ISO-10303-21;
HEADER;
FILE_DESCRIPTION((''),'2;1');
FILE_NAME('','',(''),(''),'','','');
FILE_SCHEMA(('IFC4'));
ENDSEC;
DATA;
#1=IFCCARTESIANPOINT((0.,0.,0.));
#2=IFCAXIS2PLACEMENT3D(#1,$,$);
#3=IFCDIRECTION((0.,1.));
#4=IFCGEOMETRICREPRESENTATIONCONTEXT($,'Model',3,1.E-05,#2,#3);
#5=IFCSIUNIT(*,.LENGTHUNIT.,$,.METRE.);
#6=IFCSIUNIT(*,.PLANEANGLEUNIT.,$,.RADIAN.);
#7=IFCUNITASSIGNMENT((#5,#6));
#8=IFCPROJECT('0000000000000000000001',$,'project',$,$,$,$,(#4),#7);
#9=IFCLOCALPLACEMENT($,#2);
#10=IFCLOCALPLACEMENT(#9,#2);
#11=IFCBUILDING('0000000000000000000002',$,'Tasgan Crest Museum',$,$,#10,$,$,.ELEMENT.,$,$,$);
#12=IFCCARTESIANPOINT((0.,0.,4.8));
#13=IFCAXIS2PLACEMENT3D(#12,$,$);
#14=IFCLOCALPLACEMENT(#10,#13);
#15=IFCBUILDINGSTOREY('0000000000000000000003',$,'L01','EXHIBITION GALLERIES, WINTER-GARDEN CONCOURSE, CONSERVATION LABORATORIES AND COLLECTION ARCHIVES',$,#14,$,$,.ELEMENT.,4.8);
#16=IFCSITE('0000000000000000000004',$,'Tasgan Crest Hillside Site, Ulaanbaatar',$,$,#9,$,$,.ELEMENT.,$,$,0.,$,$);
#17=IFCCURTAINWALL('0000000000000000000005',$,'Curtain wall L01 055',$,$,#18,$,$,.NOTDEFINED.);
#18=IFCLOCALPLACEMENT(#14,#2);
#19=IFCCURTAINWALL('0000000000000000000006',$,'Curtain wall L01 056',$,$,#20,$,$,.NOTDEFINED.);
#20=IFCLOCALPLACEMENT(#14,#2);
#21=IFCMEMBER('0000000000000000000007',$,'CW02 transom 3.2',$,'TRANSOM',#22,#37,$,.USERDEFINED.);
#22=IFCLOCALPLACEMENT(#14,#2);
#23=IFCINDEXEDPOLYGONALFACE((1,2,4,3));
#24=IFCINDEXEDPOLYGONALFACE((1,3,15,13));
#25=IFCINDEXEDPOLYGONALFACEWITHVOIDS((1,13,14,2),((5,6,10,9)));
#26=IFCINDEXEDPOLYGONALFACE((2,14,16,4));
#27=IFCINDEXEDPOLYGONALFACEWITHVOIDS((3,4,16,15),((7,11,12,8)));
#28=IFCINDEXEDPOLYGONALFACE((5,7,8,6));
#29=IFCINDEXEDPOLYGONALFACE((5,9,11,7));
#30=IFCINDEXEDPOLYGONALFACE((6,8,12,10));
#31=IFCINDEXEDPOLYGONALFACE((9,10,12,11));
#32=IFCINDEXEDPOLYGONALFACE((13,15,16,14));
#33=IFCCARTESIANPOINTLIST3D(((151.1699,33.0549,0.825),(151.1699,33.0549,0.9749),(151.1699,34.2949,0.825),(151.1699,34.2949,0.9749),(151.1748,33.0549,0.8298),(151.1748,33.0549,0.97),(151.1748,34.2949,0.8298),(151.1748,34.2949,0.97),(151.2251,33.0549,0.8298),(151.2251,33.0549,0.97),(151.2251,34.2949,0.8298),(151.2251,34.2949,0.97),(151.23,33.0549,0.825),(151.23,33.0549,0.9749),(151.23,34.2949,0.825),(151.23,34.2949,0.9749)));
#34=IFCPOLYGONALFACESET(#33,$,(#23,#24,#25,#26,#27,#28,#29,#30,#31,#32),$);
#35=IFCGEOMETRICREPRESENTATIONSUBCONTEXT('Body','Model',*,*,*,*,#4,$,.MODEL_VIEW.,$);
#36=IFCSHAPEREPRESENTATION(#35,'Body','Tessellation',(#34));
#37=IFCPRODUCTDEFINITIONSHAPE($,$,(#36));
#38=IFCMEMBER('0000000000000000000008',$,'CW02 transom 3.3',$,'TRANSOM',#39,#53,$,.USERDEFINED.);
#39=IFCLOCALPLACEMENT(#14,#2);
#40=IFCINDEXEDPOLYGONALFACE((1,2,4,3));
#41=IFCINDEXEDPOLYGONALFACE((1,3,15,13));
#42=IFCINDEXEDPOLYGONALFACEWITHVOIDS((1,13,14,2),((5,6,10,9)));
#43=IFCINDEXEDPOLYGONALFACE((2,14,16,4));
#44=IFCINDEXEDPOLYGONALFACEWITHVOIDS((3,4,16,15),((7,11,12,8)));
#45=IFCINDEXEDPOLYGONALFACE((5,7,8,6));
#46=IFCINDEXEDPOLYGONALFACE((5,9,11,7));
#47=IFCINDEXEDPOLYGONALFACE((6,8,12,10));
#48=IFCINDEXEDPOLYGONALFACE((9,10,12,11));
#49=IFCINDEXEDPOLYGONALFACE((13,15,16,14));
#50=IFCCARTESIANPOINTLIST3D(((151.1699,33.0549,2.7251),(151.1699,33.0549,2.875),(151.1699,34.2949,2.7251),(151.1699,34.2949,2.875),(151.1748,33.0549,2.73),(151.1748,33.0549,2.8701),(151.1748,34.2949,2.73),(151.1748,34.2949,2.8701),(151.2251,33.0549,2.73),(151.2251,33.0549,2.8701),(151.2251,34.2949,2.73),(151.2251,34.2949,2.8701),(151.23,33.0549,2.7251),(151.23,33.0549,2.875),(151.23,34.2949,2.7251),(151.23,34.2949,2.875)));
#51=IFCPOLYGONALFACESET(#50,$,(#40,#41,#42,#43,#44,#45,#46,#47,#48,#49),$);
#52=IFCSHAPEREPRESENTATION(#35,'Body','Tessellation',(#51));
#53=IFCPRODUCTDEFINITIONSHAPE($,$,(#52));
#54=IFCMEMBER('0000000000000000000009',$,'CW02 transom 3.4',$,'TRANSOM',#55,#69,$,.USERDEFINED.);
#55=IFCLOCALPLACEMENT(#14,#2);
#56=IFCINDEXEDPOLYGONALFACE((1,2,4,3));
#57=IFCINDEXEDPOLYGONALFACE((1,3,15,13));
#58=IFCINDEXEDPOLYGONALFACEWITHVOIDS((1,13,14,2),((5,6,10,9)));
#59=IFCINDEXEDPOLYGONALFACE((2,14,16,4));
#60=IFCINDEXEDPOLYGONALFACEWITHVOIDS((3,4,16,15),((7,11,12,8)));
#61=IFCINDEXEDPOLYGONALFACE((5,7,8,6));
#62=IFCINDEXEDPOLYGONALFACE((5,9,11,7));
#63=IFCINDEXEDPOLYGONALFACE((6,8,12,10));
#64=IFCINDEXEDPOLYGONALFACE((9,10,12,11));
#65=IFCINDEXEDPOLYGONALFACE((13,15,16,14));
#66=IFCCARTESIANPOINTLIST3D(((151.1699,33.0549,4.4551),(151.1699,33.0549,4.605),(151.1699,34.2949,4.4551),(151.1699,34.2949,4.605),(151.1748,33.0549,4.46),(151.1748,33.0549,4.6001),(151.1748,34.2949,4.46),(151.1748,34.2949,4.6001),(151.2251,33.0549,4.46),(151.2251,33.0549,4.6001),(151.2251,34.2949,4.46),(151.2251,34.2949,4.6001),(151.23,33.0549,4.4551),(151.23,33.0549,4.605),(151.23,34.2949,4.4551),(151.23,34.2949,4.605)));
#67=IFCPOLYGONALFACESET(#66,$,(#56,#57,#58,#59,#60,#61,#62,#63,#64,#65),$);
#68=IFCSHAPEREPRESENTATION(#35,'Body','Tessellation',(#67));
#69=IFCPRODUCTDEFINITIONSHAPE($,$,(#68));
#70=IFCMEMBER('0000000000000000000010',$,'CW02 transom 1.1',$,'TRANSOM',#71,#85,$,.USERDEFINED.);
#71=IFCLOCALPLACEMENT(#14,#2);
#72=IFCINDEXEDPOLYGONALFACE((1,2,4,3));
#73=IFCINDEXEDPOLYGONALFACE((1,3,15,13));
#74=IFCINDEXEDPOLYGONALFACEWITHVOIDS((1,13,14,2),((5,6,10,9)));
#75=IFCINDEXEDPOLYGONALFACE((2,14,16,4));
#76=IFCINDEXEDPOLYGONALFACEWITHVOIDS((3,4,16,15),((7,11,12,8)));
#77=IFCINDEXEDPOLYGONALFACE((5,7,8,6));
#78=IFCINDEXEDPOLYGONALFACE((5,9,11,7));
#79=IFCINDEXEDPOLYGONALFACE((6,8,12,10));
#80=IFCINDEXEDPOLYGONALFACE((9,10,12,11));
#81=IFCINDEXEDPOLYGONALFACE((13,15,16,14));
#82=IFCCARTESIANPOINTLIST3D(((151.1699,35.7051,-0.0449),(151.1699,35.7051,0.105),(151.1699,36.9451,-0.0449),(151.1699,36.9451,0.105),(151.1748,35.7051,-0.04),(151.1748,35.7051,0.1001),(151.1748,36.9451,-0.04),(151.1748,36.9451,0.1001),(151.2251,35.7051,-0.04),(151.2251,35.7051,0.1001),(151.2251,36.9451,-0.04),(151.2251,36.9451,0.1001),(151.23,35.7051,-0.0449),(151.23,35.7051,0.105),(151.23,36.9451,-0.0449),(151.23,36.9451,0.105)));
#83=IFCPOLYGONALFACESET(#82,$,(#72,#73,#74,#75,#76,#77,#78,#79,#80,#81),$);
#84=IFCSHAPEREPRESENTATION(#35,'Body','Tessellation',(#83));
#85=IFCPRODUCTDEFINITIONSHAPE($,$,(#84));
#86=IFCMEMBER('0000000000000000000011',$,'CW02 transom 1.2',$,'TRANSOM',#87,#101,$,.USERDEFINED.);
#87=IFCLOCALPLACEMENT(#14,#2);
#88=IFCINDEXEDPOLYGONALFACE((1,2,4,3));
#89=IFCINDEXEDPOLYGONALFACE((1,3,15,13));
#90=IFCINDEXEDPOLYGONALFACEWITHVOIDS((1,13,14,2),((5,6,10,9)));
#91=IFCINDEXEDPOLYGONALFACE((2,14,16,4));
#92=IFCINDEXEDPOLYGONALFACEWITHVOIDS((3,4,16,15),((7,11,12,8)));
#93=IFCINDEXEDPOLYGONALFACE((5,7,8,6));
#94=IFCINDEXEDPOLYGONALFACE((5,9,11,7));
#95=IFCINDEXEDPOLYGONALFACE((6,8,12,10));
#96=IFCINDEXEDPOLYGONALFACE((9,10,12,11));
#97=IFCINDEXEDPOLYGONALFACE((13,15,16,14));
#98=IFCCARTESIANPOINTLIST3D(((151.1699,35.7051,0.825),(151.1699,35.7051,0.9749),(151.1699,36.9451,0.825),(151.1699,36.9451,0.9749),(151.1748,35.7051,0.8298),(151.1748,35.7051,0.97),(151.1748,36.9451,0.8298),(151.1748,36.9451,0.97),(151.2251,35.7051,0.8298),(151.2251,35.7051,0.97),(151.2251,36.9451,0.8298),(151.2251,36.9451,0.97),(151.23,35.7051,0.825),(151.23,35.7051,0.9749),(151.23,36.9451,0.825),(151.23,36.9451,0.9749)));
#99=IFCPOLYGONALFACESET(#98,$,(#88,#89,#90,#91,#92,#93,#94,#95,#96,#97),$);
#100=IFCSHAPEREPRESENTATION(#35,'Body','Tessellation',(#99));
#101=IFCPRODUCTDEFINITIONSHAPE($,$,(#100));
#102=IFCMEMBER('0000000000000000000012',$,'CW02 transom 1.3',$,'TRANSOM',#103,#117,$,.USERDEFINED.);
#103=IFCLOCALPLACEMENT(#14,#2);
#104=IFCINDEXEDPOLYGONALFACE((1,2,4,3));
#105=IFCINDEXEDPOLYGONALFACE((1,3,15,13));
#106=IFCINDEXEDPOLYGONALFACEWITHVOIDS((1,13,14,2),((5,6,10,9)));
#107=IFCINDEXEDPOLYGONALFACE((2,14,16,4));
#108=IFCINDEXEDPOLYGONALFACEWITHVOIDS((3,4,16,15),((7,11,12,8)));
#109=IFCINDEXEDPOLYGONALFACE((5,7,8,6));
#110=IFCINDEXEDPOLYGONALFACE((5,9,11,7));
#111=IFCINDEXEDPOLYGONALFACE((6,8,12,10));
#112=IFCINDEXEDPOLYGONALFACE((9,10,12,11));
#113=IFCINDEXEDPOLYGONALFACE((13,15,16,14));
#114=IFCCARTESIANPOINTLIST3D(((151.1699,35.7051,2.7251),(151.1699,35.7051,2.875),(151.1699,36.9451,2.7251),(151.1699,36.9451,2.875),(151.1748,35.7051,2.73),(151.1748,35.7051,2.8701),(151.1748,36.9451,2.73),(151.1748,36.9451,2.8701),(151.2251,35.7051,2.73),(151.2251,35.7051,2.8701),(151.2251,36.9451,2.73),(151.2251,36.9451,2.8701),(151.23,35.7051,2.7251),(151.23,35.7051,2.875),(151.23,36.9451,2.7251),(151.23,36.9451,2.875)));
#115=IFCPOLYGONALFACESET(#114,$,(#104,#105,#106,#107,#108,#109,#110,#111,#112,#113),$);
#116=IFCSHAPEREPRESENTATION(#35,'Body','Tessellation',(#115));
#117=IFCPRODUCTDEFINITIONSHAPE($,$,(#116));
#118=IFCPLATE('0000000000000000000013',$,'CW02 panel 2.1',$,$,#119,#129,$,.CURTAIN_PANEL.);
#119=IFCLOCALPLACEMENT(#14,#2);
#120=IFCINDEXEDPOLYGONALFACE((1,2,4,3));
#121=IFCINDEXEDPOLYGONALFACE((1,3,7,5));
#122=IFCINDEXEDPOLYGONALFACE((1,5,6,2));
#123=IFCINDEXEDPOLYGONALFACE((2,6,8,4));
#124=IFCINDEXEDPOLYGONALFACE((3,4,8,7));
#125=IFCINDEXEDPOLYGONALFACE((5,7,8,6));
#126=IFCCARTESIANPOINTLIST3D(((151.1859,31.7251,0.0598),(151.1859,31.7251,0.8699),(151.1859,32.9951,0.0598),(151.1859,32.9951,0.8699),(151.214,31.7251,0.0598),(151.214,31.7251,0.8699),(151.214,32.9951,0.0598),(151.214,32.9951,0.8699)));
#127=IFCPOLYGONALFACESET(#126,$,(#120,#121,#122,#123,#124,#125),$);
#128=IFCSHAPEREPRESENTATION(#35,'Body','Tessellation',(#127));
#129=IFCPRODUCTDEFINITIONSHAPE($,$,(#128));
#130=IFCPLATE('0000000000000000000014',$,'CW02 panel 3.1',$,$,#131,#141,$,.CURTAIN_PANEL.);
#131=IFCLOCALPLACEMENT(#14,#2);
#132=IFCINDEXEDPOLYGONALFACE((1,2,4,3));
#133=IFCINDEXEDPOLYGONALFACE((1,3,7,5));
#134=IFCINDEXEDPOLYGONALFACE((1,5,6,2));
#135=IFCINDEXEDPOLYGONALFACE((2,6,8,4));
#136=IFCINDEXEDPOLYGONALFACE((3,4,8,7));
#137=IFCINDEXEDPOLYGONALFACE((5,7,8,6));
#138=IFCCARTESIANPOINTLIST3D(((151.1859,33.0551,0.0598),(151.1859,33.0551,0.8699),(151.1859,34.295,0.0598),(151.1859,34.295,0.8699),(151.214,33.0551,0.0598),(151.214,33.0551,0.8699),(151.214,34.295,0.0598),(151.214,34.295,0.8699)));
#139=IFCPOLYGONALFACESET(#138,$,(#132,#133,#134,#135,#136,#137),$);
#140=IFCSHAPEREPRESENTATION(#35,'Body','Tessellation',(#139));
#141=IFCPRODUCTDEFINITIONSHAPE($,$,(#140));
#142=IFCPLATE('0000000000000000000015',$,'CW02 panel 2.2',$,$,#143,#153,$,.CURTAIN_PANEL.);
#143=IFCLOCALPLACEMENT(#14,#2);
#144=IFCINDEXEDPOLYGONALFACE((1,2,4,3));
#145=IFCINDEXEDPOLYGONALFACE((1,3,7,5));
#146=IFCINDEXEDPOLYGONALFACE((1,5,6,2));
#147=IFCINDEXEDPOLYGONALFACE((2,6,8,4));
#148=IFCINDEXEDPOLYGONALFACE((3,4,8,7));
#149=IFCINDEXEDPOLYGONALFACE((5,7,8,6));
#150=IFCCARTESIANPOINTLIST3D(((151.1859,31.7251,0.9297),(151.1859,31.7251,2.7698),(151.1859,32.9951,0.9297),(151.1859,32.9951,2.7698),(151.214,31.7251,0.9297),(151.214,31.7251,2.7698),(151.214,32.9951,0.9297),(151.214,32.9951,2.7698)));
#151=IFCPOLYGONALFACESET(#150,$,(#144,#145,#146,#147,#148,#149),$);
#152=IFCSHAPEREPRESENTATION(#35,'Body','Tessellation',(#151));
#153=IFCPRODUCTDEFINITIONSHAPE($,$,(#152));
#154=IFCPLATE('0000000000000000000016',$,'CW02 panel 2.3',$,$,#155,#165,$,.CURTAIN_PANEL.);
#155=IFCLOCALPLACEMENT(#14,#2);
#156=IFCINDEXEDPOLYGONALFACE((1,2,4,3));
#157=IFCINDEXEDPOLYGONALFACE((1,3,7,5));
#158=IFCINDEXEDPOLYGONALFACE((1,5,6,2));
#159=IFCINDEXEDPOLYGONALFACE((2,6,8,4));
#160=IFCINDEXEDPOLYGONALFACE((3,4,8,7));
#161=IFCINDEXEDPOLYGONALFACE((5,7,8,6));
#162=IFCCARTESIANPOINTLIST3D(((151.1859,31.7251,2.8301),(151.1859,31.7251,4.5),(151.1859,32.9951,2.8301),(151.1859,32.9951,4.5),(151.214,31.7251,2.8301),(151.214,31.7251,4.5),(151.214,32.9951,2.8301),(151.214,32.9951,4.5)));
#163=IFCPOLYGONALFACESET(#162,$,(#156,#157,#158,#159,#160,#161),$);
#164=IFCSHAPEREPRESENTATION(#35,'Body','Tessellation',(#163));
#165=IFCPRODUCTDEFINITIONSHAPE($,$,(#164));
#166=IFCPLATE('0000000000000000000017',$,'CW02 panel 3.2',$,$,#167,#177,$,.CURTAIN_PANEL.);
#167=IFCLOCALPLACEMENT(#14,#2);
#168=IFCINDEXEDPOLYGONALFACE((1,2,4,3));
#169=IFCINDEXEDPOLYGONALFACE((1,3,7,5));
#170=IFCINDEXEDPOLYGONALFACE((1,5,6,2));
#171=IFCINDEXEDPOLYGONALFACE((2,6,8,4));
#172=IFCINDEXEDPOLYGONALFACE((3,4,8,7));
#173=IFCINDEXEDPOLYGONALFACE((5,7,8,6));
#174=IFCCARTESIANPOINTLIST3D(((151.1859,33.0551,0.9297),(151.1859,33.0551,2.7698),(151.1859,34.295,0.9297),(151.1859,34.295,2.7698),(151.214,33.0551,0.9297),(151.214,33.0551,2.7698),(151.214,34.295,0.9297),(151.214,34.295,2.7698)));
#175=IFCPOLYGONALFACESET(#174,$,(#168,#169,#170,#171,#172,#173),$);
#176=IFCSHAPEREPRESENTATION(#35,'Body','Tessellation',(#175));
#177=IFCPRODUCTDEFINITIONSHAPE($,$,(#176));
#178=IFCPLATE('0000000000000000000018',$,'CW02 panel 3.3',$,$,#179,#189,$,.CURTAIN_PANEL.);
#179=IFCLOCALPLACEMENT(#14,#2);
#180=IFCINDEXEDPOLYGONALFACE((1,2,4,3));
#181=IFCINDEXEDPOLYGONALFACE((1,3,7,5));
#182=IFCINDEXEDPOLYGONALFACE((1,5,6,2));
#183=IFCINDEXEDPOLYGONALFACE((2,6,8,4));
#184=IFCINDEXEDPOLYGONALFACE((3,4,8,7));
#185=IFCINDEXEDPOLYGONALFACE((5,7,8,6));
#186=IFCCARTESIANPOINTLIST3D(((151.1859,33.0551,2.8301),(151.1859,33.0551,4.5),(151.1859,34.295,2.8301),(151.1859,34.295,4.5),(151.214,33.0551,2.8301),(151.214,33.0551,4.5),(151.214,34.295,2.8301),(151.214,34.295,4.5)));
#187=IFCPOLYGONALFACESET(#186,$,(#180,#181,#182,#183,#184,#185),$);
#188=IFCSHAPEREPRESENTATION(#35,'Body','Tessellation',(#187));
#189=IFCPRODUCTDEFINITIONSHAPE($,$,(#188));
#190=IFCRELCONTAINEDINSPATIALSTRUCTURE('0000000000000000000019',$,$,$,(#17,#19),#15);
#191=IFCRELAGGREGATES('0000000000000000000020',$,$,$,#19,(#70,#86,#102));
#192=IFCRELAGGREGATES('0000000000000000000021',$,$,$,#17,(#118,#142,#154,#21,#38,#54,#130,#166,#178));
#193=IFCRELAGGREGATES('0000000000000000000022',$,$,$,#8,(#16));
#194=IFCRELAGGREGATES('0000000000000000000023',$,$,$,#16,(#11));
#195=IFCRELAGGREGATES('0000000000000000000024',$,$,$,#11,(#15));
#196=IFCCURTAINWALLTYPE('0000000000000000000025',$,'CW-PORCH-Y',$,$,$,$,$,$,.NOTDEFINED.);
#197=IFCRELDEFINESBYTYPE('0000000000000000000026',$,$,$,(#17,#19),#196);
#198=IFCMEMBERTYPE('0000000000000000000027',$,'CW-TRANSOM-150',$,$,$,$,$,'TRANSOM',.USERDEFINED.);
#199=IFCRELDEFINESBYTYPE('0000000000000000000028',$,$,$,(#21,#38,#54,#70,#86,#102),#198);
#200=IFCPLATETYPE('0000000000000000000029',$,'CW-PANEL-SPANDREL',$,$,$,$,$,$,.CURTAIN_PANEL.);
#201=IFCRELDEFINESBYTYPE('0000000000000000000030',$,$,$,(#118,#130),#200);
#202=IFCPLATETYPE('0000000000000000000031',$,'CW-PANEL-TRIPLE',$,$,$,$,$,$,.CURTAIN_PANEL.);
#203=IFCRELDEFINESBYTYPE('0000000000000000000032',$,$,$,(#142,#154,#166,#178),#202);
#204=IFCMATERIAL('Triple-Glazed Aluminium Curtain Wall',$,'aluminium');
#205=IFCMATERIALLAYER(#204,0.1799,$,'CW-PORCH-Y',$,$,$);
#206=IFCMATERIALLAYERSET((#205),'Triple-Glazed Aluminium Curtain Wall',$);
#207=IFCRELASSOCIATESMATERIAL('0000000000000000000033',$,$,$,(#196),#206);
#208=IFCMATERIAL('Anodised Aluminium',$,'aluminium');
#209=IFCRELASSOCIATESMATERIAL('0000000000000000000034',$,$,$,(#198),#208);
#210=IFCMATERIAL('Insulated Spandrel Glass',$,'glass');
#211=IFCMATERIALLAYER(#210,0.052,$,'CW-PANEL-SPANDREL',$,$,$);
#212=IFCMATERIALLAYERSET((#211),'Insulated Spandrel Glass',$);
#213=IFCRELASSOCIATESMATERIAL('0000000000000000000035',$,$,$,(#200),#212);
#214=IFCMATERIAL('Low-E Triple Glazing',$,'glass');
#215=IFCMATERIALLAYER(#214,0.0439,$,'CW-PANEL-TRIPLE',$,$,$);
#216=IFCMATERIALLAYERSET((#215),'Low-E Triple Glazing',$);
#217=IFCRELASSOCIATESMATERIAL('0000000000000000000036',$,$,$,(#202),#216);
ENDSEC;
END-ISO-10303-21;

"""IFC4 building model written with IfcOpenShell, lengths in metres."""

from ifc_helpers import new_model, si_unit, direction, frame, origin, origin_2d, place, context, subcontext, project, spatial, rectangle, hollow_rectangle, extrude, material, layer, layer_set, material_profile, profile_set, type_object, element, aggregate, save


model = new_model("IFC4")

# Units and contexts
model_context = context("Model", 3, precision=1e-05, world=origin(), true_north=direction((0.0, 1.0)))
body_context = subcontext(model_context, "Body", "Model", "MODEL_VIEW")
ifc_project = project(units=[si_unit("LENGTHUNIT", "METRE"), si_unit("PLANEANGLEUNIT", "RADIAN")], contexts=[model_context])

# Site, building, storey
site_placement = place(None, origin())
site = spatial("IfcSite", under=ifc_project, at=site_placement, Name="Tasgan Crest Hillside Site, Ulaanbaatar", CompositionType="ELEMENT", RefElevation=0.0)
building_placement = place(site_placement, origin())
building = spatial("IfcBuilding", under=site, at=building_placement, Name="Tasgan Crest Museum", CompositionType="ELEMENT")
storey_placement = place(building_placement, frame((0.0, 0.0, 4.8)))
storey = spatial("IfcBuildingStorey", under=building, at=storey_placement, Name="L01", Description="EXHIBITION GALLERIES, WINTER-GARDEN CONCOURSE, CONSERVATION LABORATORIES AND COLLECTION ARCHIVES", CompositionType="ELEMENT", Elevation=4.8)

# Curtain wall
ifc_material_1 = material(Name="Triple-Glazed Aluminium Curtain Wall", Category="aluminium")
ifc_layer_1 = layer(ifc_material_1, 0.1799, Name="CW-PORCH-Y")
ifc_layer_set_1 = layer_set([ifc_layer_1], Name="Triple-Glazed Aluminium Curtain Wall")
curtain_wall_type = type_object("IfcCurtainWallType", Name="CW-PORCH-Y", PredefinedType="NOTDEFINED", material=ifc_layer_set_1)
curtain_wall_1_placement = place(storey_placement, origin())
curtain_wall_1 = element("IfcCurtainWall", 1, at=curtain_wall_1_placement, inside=storey, type_object=curtain_wall_type, Name="Curtain wall L01 055", PredefinedType="NOTDEFINED")

# Curtain wall
curtain_wall_2_placement = place(storey_placement, origin())
curtain_wall_2 = element("IfcCurtainWall", 2, at=curtain_wall_2_placement, inside=storey, type_object=curtain_wall_type, Name="Curtain wall L01 056", PredefinedType="NOTDEFINED")

# Members
ifc_material_2 = material(Name="Anodised Aluminium", Category="aluminium")
ifc_material_profile_1 = material_profile(ifc_material_2, hollow_rectangle(XDim=0.0601, YDim=0.1499, WallThickness=0.0049, at=origin_2d()), Name="ALU TRANSOM 150x60x5")
ifc_profile_set_1 = profile_set([ifc_material_profile_1], Name="Anodised Aluminium")
member_type_1 = type_object("IfcMemberType", Name="CW-TRANSOM-150", ElementType="TRANSOM", PredefinedType="USERDEFINED", material=ifc_profile_set_1)
member_1_placement = place(storey_placement, frame((151.2, 33.0549, 0.8999), z_axis=(0.0, 1.0, 0.0), x_axis=(-1.0, 0.0, 0.0)))
member_1 = element("IfcMember", 3, at=member_1_placement, type_object=member_type_1, Name="CW02 transom 3.2", ObjectType="TRANSOM", PredefinedType="USERDEFINED", context=body_context, shape_type="SweptSolid", body=[
    extrude(hollow_rectangle(XDim=0.0601, YDim=0.1499, WallThickness=0.0049, at=origin_2d()), origin(), (0.0, 0.0, 1.0), 1.24),
])
member_2_placement = place(storey_placement, frame((151.2, 33.0549, 2.8), z_axis=(0.0, 1.0, 0.0), x_axis=(-1.0, 0.0, 0.0)))
member_2 = element("IfcMember", 4, at=member_2_placement, type_object=member_type_1, Name="CW02 transom 3.3", ObjectType="TRANSOM", PredefinedType="USERDEFINED", context=body_context, shape_type="SweptSolid", body=[
    extrude(hollow_rectangle(XDim=0.0601, YDim=0.1499, WallThickness=0.0049, at=origin_2d()), origin(), (0.0, 0.0, 1.0), 1.24),
])
member_3_placement = place(storey_placement, frame((151.2, 33.0549, 4.53), z_axis=(0.0, 1.0, 0.0), x_axis=(-1.0, 0.0, 0.0)))
member_3 = element("IfcMember", 5, at=member_3_placement, type_object=member_type_1, Name="CW02 transom 3.4", ObjectType="TRANSOM", PredefinedType="USERDEFINED", context=body_context, shape_type="SweptSolid", body=[
    extrude(hollow_rectangle(XDim=0.0601, YDim=0.1499, WallThickness=0.0049, at=origin_2d()), origin(), (0.0, 0.0, 1.0), 1.24),
])
member_4_placement = place(storey_placement, frame((151.2, 35.7051, 0.03), z_axis=(0.0, 1.0, 0.0), x_axis=(-1.0, 0.0, 0.0)))
member_4 = element("IfcMember", 6, at=member_4_placement, type_object=member_type_1, Name="CW02 transom 1.1", ObjectType="TRANSOM", PredefinedType="USERDEFINED", context=body_context, shape_type="SweptSolid", body=[
    extrude(hollow_rectangle(XDim=0.0601, YDim=0.1499, WallThickness=0.0049, at=origin_2d()), origin(), (0.0, 0.0, 1.0), 1.24),
])
member_5_placement = place(storey_placement, frame((151.2, 35.7051, 0.8999), z_axis=(0.0, 1.0, 0.0), x_axis=(-1.0, 0.0, 0.0)))
member_5 = element("IfcMember", 7, at=member_5_placement, type_object=member_type_1, Name="CW02 transom 1.2", ObjectType="TRANSOM", PredefinedType="USERDEFINED", context=body_context, shape_type="SweptSolid", body=[
    extrude(hollow_rectangle(XDim=0.0601, YDim=0.1499, WallThickness=0.0049, at=origin_2d()), origin(), (0.0, 0.0, 1.0), 1.24),
])
member_6_placement = place(storey_placement, frame((151.2, 35.7051, 2.8), z_axis=(0.0, 1.0, 0.0), x_axis=(-1.0, 0.0, 0.0)))
member_6 = element("IfcMember", 8, at=member_6_placement, type_object=member_type_1, Name="CW02 transom 1.3", ObjectType="TRANSOM", PredefinedType="USERDEFINED", context=body_context, shape_type="SweptSolid", body=[
    extrude(hollow_rectangle(XDim=0.0601, YDim=0.1499, WallThickness=0.0049, at=origin_2d()), origin(), (0.0, 0.0, 1.0), 1.24),
])
aggregate(curtain_wall_2, [member_4, member_5, member_6])

# Plates
ifc_material_3 = material(Name="Insulated Spandrel Glass", Category="glass")
ifc_layer_2 = layer(ifc_material_3, 0.052, Name="CW-PANEL-SPANDREL")
ifc_layer_set_2 = layer_set([ifc_layer_2], Name="Insulated Spandrel Glass")
plate_type_1 = type_object("IfcPlateType", Name="CW-PANEL-SPANDREL", PredefinedType="CURTAIN_PANEL", material=ifc_layer_set_2)
plate_1_placement = place(storey_placement, frame((151.2, 32.3601, 0.0598), z_axis=(0.0, 0.0, 1.0), x_axis=(0.0, 1.0, 0.0)))
plate_1 = element("IfcPlate", 9, at=plate_1_placement, type_object=plate_type_1, Name="CW02 panel 2.1", PredefinedType="CURTAIN_PANEL", context=body_context, shape_type="SweptSolid", body=[
    extrude(rectangle(XDim=1.27, YDim=0.0281, at=origin_2d()), origin(), (0.0, 0.0, 1.0), 0.8101),
])
plate_2_placement = place(storey_placement, frame((151.2, 33.675, 0.0598), z_axis=(0.0, 0.0, 1.0), x_axis=(0.0, 1.0, 0.0)))
plate_2 = element("IfcPlate", 10, at=plate_2_placement, type_object=plate_type_1, Name="CW02 panel 3.1", PredefinedType="CURTAIN_PANEL", context=body_context, shape_type="SweptSolid", body=[
    extrude(rectangle(XDim=1.24, YDim=0.0281, at=origin_2d()), origin(), (0.0, 0.0, 1.0), 0.8101),
])
ifc_material_4 = material(Name="Low-E Triple Glazing", Category="glass")
ifc_layer_3 = layer(ifc_material_4, 0.0439, Name="CW-PANEL-TRIPLE")
ifc_layer_set_3 = layer_set([ifc_layer_3], Name="Low-E Triple Glazing")
plate_type_2 = type_object("IfcPlateType", Name="CW-PANEL-TRIPLE", PredefinedType="CURTAIN_PANEL", material=ifc_layer_set_3)
plate_3_placement = place(storey_placement, frame((151.2, 32.3601, 0.9297), z_axis=(0.0, 0.0, 1.0), x_axis=(0.0, 1.0, 0.0)))
plate_3 = element("IfcPlate", 11, at=plate_3_placement, type_object=plate_type_2, Name="CW02 panel 2.2", PredefinedType="CURTAIN_PANEL", context=body_context, shape_type="SweptSolid", body=[
    extrude(rectangle(XDim=1.27, YDim=0.0281, at=origin_2d()), origin(), (0.0, 0.0, 1.0), 1.8401),
])
plate_4_placement = place(storey_placement, frame((151.2, 32.3601, 2.8301), z_axis=(0.0, 0.0, 1.0), x_axis=(0.0, 1.0, 0.0)))
plate_4 = element("IfcPlate", 12, at=plate_4_placement, type_object=plate_type_2, Name="CW02 panel 2.3", PredefinedType="CURTAIN_PANEL", context=body_context, shape_type="SweptSolid", body=[
    extrude(rectangle(XDim=1.27, YDim=0.0281, at=origin_2d()), origin(), (0.0, 0.0, 1.0), 1.6699),
])
plate_5_placement = place(storey_placement, frame((151.2, 33.675, 0.9297), z_axis=(0.0, 0.0, 1.0), x_axis=(0.0, 1.0, 0.0)))
plate_5 = element("IfcPlate", 13, at=plate_5_placement, type_object=plate_type_2, Name="CW02 panel 3.2", PredefinedType="CURTAIN_PANEL", context=body_context, shape_type="SweptSolid", body=[
    extrude(rectangle(XDim=1.24, YDim=0.0281, at=origin_2d()), origin(), (0.0, 0.0, 1.0), 1.8401),
])
plate_6_placement = place(storey_placement, frame((151.2, 33.675, 2.8301), z_axis=(0.0, 0.0, 1.0), x_axis=(0.0, 1.0, 0.0)))
plate_6 = element("IfcPlate", 14, at=plate_6_placement, type_object=plate_type_2, Name="CW02 panel 3.3", PredefinedType="CURTAIN_PANEL", context=body_context, shape_type="SweptSolid", body=[
    extrude(rectangle(XDim=1.24, YDim=0.0281, at=origin_2d()), origin(), (0.0, 0.0, 1.0), 1.6699),
])
aggregate(curtain_wall_1, [plate_1, plate_3, plate_4, member_1, member_2, member_3, plate_2, plate_5, plate_6])

save(model, "model.ifc")
